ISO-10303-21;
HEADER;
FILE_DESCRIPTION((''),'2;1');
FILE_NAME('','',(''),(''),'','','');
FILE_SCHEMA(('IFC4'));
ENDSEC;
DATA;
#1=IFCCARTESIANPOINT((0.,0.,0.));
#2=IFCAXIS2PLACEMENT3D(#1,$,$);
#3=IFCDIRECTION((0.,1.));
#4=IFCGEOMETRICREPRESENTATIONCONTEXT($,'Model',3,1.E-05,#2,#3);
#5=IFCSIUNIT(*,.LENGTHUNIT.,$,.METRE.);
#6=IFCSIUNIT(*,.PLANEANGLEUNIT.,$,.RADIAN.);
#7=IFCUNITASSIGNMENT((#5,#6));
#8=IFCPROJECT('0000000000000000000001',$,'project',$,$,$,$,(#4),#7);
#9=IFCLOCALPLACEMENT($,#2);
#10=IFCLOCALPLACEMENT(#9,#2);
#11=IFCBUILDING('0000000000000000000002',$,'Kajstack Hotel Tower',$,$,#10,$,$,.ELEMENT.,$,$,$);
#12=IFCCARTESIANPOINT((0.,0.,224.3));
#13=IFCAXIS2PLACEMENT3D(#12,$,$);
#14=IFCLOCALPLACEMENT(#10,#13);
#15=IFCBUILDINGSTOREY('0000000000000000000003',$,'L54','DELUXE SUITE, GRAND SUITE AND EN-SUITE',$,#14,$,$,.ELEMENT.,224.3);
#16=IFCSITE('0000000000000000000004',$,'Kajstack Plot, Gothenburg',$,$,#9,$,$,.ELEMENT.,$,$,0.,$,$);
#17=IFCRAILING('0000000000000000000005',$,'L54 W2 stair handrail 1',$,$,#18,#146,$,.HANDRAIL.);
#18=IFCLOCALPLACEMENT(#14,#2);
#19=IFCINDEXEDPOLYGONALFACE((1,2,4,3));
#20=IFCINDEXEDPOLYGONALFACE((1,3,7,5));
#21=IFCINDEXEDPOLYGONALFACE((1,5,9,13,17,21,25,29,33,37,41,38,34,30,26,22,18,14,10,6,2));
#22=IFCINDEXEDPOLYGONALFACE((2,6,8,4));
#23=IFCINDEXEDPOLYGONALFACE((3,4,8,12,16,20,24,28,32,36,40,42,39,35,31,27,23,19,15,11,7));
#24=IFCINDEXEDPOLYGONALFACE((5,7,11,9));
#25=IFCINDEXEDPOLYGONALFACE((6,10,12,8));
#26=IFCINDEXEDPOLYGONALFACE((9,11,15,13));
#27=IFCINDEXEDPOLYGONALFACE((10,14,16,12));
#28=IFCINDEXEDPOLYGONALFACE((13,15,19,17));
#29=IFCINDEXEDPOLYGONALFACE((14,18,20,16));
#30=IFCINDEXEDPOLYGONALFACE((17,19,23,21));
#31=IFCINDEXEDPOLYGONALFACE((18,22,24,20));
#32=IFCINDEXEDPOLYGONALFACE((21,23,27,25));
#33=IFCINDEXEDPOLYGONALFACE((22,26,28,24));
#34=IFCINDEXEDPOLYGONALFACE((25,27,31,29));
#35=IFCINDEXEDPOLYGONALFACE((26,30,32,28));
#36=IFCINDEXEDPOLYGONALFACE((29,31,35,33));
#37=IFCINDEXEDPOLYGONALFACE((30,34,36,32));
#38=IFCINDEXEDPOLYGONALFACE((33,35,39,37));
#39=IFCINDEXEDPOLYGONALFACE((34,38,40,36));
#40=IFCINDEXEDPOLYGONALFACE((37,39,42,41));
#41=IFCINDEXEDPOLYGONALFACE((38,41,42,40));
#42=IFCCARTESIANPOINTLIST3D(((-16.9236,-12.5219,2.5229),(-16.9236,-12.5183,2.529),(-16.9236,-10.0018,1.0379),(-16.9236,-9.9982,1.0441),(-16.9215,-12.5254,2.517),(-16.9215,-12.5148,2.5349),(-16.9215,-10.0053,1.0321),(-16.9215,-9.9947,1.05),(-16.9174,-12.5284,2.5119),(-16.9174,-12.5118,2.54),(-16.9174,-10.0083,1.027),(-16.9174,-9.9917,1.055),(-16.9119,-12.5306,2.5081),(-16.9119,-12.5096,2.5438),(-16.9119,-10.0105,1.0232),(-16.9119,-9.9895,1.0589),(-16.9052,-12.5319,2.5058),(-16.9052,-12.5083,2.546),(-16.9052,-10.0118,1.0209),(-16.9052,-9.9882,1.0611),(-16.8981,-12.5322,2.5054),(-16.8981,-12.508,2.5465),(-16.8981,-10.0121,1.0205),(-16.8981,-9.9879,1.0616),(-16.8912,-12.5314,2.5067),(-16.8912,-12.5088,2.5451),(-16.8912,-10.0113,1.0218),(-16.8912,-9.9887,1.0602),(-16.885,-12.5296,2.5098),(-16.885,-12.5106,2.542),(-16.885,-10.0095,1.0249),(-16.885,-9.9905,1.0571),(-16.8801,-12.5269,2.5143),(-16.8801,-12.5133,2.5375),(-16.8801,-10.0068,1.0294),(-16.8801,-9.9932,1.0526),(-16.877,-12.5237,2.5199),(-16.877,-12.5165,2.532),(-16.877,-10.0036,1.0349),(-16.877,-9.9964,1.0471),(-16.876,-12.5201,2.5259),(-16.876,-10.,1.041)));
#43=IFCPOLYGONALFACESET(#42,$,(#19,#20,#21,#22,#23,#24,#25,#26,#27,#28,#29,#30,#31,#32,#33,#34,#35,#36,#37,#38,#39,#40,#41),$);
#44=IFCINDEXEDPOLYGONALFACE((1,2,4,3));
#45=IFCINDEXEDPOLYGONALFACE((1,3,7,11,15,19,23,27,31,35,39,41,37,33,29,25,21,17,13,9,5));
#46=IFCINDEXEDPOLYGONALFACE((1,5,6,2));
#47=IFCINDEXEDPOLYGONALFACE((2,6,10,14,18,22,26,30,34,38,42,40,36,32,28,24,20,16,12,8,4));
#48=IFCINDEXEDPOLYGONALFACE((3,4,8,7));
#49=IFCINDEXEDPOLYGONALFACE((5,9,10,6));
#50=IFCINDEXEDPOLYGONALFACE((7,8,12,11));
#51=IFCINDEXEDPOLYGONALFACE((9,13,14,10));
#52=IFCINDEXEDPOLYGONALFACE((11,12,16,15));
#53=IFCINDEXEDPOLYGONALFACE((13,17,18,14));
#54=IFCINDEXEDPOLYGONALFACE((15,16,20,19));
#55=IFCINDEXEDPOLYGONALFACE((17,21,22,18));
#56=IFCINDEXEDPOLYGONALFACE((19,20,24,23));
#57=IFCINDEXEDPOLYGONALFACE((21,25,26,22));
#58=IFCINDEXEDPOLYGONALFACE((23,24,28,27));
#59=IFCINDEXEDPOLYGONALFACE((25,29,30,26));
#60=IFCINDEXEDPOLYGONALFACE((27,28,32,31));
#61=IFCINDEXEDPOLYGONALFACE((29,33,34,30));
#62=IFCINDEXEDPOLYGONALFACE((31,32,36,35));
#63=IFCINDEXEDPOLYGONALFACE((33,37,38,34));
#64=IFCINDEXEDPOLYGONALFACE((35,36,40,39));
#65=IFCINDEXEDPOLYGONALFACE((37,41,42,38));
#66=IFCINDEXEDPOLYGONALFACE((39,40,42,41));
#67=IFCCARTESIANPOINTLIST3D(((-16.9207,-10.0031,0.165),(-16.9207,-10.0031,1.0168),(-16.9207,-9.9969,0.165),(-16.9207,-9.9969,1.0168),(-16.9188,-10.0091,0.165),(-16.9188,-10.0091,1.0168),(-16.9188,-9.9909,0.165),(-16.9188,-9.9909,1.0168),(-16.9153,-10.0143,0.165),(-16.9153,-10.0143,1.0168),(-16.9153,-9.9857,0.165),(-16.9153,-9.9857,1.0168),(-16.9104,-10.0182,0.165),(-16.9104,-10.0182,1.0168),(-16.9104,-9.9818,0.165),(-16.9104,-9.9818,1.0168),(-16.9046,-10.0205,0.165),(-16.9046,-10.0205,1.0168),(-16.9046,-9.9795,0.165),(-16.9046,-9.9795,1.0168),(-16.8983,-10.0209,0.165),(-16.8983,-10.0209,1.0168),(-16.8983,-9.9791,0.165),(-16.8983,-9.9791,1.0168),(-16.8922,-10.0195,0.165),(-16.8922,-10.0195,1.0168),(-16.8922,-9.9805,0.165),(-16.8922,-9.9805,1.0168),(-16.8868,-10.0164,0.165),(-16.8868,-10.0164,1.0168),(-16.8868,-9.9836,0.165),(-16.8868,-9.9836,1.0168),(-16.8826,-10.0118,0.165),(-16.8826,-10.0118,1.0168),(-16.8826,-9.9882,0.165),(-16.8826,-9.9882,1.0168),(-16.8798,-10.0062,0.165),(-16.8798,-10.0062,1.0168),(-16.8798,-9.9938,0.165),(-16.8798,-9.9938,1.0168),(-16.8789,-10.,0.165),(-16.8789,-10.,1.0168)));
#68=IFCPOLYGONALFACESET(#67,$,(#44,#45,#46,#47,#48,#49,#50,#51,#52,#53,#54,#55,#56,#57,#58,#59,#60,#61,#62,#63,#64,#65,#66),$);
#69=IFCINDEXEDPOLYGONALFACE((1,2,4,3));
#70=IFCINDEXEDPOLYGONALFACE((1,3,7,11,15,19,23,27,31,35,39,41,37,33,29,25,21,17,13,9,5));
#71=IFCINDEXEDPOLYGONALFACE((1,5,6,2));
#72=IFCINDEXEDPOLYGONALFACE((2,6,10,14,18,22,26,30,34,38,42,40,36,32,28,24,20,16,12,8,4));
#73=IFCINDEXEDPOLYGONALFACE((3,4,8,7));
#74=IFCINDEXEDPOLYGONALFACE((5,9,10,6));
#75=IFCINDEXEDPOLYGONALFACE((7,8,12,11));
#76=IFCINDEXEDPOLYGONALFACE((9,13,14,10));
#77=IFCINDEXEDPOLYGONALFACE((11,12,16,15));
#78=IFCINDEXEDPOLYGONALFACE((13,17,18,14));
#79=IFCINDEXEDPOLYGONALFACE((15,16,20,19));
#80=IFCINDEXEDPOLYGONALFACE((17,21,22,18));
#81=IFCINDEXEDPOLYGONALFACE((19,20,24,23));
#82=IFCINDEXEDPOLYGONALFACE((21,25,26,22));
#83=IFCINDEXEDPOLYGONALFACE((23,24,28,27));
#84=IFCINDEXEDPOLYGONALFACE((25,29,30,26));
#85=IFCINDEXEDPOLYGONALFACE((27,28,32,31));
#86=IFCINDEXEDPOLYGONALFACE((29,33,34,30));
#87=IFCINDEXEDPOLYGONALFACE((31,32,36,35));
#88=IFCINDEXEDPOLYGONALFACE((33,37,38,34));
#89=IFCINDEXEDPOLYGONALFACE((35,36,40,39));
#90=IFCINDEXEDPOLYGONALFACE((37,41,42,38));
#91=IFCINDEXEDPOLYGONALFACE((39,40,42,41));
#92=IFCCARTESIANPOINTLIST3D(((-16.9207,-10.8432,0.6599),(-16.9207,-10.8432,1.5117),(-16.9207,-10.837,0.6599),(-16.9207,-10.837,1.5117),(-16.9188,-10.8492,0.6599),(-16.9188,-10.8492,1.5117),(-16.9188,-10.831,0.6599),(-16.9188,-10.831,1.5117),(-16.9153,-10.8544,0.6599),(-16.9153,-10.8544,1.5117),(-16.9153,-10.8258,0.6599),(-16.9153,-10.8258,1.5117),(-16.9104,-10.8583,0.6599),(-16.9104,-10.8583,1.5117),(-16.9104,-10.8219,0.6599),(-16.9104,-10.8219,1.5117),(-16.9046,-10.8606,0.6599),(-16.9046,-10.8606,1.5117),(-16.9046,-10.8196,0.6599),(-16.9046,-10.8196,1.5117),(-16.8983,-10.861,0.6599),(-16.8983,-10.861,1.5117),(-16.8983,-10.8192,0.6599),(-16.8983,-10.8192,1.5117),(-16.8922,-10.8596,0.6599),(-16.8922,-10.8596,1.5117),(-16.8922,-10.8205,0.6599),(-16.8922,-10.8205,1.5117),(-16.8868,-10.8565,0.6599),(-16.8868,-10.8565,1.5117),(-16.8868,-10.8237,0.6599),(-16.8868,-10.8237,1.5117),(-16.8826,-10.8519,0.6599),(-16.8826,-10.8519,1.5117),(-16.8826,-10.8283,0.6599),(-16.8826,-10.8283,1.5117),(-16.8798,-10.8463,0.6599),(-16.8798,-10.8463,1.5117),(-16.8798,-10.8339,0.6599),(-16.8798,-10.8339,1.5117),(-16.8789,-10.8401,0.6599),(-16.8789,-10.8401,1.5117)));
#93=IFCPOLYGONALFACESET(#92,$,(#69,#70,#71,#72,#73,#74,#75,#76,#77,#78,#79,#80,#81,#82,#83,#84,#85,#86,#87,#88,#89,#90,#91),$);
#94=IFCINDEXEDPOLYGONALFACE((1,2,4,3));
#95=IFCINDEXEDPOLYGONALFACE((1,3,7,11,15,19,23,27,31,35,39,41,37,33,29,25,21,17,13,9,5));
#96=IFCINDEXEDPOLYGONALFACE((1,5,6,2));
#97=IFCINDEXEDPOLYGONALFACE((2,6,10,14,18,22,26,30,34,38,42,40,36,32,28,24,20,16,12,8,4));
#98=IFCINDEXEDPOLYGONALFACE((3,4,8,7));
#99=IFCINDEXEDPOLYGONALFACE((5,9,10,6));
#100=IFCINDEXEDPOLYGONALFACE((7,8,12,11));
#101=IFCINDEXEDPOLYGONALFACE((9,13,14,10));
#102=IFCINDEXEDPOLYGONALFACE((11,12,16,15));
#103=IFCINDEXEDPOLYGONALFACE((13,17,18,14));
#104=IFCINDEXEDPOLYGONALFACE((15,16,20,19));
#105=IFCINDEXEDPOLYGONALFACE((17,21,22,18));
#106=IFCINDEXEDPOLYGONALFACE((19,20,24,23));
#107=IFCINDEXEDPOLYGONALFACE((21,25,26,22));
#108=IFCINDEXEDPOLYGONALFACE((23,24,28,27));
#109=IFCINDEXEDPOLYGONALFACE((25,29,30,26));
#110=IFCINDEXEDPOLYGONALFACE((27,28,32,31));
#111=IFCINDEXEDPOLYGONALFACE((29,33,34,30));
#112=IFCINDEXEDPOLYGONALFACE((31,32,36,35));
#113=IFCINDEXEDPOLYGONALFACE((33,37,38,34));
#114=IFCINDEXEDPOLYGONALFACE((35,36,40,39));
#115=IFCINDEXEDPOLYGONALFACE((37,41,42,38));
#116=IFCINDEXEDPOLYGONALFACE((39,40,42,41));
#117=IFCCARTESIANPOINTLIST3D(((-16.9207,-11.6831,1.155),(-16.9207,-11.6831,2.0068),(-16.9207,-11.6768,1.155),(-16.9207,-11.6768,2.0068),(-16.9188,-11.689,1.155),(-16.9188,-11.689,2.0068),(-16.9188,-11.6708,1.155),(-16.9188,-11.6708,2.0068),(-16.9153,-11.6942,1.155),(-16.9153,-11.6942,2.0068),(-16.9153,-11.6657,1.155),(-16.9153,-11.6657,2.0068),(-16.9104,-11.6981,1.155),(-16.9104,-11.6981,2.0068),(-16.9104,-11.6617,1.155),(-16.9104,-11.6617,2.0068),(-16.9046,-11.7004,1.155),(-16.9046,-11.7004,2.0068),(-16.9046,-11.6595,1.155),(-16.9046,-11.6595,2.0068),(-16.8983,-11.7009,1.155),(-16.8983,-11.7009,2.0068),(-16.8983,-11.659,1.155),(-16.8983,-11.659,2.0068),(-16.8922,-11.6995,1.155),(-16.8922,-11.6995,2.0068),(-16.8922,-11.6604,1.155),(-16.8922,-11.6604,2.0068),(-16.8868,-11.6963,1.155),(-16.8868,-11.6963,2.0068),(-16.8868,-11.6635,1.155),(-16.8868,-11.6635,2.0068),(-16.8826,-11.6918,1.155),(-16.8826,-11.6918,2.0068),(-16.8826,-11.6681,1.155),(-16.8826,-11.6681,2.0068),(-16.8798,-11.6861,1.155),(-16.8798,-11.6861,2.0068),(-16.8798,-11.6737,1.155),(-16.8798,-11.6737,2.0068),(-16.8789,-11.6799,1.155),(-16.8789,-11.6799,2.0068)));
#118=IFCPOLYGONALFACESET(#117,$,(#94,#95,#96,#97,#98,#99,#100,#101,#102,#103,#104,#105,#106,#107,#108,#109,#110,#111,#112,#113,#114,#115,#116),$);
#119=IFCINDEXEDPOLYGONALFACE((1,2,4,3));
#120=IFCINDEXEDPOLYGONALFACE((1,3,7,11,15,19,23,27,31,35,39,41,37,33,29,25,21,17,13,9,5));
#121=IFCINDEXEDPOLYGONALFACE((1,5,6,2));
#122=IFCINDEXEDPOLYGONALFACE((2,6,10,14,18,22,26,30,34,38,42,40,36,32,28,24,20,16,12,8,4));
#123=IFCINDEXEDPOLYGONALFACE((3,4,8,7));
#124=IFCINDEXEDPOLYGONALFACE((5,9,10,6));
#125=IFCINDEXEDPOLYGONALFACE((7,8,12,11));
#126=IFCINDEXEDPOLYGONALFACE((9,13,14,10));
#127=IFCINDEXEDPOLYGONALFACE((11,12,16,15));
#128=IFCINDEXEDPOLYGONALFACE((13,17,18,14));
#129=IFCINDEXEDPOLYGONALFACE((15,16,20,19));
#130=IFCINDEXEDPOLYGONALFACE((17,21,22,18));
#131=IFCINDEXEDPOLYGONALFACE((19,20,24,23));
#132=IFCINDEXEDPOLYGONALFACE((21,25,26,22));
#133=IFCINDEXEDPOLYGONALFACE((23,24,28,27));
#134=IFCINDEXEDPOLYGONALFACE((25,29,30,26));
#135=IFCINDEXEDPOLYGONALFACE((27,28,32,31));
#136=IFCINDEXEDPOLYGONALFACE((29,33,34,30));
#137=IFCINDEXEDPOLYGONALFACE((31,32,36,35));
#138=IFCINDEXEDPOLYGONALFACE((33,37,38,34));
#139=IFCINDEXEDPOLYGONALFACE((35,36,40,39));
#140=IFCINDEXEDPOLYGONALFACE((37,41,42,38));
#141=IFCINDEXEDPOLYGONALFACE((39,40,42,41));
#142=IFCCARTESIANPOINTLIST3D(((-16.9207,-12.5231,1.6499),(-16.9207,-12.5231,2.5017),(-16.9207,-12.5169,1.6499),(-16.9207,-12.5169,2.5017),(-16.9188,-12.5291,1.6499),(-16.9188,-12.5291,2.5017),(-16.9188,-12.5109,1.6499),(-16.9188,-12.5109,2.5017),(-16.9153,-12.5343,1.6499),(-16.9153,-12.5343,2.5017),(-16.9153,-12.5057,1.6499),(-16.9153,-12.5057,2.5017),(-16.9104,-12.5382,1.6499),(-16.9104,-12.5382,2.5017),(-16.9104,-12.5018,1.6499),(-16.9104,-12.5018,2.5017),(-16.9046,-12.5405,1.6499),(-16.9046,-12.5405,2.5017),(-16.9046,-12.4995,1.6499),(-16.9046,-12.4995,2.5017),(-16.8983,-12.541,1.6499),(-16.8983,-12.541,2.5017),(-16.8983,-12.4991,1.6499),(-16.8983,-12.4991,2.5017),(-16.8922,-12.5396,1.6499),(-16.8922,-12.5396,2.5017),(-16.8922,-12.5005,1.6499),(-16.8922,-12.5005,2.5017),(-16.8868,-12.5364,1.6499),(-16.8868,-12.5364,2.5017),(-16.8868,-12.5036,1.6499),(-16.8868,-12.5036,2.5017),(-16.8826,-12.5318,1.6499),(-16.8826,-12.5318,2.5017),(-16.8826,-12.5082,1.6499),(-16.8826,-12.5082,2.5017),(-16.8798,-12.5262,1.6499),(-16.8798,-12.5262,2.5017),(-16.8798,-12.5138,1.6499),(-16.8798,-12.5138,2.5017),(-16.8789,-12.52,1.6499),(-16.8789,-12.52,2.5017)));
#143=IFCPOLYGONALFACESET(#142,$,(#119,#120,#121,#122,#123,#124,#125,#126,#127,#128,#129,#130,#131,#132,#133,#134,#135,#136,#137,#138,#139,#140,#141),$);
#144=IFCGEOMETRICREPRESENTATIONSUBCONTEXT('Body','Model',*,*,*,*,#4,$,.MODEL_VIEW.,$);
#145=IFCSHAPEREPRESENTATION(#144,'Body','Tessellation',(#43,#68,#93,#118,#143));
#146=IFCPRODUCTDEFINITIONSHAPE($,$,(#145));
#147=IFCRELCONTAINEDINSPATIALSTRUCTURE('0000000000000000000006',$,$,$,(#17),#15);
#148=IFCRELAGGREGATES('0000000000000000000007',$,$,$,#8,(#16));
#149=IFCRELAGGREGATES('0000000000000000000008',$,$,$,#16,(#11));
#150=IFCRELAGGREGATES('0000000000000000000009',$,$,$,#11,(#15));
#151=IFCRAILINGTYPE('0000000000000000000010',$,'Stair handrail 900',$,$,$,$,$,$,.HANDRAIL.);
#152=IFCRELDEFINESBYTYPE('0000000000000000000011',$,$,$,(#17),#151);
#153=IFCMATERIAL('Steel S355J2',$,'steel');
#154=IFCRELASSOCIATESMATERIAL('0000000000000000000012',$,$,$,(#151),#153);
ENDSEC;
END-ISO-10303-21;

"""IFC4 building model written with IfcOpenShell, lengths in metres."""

from ifc_helpers import new_model, si_unit, direction, frame, origin, origin_2d, place, context, subcontext, project, spatial, circle, extrude, material, type_object, element, save


model = new_model("IFC4")

# Units and contexts
model_context = context("Model", 3, precision=1e-05, world=origin(), true_north=direction((0.0, 1.0)))
body_context = subcontext(model_context, "Body", "Model", "MODEL_VIEW")
ifc_project = project(units=[si_unit("LENGTHUNIT", "METRE"), si_unit("PLANEANGLEUNIT", "RADIAN")], contexts=[model_context])

# Site, building, storey
site_placement = place(None, origin())
site = spatial("IfcSite", under=ifc_project, at=site_placement, Name="Kajstack Plot, Gothenburg", CompositionType="ELEMENT", RefElevation=0.0)
building_placement = place(site_placement, origin())
building = spatial("IfcBuilding", under=site, at=building_placement, Name="Kajstack Hotel Tower", CompositionType="ELEMENT")
storey_placement = place(building_placement, frame((0.0, 0.0, 224.3)))
storey = spatial("IfcBuildingStorey", under=building, at=storey_placement, Name="L54", Description="DELUXE SUITE, GRAND SUITE AND EN-SUITE", CompositionType="ELEMENT", Elevation=224.3)

# Railing
ifc_material_1 = material(Name="Steel S355J2", Category="steel")
railing_type_1 = type_object("IfcRailingType", Name="Stair handrail 900", PredefinedType="HANDRAIL", material=ifc_material_1)
railing_1_placement = place(storey_placement, frame((-16.8999, -10.0, 0.165)))
element("IfcRailing", 1, at=railing_1_placement, inside=storey, type_object=railing_type_1, Name="L54 W2 stair handrail 1", PredefinedType="HANDRAIL", context=body_context, shape_type="SweptSolid", body=[
    extrude(circle(Radius=0.0239, at=origin_2d()), frame((0.0, 0.0, 0.876), z_axis=(0.0, -0.861561, 0.507655), x_axis=(1.0, 0.0, 0.0)), (0.0, 0.0, 1.0), 2.925),
    extrude(circle(Radius=0.021, at=origin_2d()), origin(), (0.0, 0.0, 1.0), 0.8518),
    extrude(circle(Radius=0.021, at=origin_2d()), frame((0.0, -0.8401, 0.4949)), (0.0, 0.0, 1.0), 0.8518),
    extrude(circle(Radius=0.021, at=origin_2d()), frame((0.0, -1.6799, 0.99)), (0.0, 0.0, 1.0), 0.8518),
    extrude(circle(Radius=0.021, at=origin_2d()), frame((0.0, -2.52, 1.4849)), (0.0, 0.0, 1.0), 0.8518),
])

save(model, "model.ifc")
